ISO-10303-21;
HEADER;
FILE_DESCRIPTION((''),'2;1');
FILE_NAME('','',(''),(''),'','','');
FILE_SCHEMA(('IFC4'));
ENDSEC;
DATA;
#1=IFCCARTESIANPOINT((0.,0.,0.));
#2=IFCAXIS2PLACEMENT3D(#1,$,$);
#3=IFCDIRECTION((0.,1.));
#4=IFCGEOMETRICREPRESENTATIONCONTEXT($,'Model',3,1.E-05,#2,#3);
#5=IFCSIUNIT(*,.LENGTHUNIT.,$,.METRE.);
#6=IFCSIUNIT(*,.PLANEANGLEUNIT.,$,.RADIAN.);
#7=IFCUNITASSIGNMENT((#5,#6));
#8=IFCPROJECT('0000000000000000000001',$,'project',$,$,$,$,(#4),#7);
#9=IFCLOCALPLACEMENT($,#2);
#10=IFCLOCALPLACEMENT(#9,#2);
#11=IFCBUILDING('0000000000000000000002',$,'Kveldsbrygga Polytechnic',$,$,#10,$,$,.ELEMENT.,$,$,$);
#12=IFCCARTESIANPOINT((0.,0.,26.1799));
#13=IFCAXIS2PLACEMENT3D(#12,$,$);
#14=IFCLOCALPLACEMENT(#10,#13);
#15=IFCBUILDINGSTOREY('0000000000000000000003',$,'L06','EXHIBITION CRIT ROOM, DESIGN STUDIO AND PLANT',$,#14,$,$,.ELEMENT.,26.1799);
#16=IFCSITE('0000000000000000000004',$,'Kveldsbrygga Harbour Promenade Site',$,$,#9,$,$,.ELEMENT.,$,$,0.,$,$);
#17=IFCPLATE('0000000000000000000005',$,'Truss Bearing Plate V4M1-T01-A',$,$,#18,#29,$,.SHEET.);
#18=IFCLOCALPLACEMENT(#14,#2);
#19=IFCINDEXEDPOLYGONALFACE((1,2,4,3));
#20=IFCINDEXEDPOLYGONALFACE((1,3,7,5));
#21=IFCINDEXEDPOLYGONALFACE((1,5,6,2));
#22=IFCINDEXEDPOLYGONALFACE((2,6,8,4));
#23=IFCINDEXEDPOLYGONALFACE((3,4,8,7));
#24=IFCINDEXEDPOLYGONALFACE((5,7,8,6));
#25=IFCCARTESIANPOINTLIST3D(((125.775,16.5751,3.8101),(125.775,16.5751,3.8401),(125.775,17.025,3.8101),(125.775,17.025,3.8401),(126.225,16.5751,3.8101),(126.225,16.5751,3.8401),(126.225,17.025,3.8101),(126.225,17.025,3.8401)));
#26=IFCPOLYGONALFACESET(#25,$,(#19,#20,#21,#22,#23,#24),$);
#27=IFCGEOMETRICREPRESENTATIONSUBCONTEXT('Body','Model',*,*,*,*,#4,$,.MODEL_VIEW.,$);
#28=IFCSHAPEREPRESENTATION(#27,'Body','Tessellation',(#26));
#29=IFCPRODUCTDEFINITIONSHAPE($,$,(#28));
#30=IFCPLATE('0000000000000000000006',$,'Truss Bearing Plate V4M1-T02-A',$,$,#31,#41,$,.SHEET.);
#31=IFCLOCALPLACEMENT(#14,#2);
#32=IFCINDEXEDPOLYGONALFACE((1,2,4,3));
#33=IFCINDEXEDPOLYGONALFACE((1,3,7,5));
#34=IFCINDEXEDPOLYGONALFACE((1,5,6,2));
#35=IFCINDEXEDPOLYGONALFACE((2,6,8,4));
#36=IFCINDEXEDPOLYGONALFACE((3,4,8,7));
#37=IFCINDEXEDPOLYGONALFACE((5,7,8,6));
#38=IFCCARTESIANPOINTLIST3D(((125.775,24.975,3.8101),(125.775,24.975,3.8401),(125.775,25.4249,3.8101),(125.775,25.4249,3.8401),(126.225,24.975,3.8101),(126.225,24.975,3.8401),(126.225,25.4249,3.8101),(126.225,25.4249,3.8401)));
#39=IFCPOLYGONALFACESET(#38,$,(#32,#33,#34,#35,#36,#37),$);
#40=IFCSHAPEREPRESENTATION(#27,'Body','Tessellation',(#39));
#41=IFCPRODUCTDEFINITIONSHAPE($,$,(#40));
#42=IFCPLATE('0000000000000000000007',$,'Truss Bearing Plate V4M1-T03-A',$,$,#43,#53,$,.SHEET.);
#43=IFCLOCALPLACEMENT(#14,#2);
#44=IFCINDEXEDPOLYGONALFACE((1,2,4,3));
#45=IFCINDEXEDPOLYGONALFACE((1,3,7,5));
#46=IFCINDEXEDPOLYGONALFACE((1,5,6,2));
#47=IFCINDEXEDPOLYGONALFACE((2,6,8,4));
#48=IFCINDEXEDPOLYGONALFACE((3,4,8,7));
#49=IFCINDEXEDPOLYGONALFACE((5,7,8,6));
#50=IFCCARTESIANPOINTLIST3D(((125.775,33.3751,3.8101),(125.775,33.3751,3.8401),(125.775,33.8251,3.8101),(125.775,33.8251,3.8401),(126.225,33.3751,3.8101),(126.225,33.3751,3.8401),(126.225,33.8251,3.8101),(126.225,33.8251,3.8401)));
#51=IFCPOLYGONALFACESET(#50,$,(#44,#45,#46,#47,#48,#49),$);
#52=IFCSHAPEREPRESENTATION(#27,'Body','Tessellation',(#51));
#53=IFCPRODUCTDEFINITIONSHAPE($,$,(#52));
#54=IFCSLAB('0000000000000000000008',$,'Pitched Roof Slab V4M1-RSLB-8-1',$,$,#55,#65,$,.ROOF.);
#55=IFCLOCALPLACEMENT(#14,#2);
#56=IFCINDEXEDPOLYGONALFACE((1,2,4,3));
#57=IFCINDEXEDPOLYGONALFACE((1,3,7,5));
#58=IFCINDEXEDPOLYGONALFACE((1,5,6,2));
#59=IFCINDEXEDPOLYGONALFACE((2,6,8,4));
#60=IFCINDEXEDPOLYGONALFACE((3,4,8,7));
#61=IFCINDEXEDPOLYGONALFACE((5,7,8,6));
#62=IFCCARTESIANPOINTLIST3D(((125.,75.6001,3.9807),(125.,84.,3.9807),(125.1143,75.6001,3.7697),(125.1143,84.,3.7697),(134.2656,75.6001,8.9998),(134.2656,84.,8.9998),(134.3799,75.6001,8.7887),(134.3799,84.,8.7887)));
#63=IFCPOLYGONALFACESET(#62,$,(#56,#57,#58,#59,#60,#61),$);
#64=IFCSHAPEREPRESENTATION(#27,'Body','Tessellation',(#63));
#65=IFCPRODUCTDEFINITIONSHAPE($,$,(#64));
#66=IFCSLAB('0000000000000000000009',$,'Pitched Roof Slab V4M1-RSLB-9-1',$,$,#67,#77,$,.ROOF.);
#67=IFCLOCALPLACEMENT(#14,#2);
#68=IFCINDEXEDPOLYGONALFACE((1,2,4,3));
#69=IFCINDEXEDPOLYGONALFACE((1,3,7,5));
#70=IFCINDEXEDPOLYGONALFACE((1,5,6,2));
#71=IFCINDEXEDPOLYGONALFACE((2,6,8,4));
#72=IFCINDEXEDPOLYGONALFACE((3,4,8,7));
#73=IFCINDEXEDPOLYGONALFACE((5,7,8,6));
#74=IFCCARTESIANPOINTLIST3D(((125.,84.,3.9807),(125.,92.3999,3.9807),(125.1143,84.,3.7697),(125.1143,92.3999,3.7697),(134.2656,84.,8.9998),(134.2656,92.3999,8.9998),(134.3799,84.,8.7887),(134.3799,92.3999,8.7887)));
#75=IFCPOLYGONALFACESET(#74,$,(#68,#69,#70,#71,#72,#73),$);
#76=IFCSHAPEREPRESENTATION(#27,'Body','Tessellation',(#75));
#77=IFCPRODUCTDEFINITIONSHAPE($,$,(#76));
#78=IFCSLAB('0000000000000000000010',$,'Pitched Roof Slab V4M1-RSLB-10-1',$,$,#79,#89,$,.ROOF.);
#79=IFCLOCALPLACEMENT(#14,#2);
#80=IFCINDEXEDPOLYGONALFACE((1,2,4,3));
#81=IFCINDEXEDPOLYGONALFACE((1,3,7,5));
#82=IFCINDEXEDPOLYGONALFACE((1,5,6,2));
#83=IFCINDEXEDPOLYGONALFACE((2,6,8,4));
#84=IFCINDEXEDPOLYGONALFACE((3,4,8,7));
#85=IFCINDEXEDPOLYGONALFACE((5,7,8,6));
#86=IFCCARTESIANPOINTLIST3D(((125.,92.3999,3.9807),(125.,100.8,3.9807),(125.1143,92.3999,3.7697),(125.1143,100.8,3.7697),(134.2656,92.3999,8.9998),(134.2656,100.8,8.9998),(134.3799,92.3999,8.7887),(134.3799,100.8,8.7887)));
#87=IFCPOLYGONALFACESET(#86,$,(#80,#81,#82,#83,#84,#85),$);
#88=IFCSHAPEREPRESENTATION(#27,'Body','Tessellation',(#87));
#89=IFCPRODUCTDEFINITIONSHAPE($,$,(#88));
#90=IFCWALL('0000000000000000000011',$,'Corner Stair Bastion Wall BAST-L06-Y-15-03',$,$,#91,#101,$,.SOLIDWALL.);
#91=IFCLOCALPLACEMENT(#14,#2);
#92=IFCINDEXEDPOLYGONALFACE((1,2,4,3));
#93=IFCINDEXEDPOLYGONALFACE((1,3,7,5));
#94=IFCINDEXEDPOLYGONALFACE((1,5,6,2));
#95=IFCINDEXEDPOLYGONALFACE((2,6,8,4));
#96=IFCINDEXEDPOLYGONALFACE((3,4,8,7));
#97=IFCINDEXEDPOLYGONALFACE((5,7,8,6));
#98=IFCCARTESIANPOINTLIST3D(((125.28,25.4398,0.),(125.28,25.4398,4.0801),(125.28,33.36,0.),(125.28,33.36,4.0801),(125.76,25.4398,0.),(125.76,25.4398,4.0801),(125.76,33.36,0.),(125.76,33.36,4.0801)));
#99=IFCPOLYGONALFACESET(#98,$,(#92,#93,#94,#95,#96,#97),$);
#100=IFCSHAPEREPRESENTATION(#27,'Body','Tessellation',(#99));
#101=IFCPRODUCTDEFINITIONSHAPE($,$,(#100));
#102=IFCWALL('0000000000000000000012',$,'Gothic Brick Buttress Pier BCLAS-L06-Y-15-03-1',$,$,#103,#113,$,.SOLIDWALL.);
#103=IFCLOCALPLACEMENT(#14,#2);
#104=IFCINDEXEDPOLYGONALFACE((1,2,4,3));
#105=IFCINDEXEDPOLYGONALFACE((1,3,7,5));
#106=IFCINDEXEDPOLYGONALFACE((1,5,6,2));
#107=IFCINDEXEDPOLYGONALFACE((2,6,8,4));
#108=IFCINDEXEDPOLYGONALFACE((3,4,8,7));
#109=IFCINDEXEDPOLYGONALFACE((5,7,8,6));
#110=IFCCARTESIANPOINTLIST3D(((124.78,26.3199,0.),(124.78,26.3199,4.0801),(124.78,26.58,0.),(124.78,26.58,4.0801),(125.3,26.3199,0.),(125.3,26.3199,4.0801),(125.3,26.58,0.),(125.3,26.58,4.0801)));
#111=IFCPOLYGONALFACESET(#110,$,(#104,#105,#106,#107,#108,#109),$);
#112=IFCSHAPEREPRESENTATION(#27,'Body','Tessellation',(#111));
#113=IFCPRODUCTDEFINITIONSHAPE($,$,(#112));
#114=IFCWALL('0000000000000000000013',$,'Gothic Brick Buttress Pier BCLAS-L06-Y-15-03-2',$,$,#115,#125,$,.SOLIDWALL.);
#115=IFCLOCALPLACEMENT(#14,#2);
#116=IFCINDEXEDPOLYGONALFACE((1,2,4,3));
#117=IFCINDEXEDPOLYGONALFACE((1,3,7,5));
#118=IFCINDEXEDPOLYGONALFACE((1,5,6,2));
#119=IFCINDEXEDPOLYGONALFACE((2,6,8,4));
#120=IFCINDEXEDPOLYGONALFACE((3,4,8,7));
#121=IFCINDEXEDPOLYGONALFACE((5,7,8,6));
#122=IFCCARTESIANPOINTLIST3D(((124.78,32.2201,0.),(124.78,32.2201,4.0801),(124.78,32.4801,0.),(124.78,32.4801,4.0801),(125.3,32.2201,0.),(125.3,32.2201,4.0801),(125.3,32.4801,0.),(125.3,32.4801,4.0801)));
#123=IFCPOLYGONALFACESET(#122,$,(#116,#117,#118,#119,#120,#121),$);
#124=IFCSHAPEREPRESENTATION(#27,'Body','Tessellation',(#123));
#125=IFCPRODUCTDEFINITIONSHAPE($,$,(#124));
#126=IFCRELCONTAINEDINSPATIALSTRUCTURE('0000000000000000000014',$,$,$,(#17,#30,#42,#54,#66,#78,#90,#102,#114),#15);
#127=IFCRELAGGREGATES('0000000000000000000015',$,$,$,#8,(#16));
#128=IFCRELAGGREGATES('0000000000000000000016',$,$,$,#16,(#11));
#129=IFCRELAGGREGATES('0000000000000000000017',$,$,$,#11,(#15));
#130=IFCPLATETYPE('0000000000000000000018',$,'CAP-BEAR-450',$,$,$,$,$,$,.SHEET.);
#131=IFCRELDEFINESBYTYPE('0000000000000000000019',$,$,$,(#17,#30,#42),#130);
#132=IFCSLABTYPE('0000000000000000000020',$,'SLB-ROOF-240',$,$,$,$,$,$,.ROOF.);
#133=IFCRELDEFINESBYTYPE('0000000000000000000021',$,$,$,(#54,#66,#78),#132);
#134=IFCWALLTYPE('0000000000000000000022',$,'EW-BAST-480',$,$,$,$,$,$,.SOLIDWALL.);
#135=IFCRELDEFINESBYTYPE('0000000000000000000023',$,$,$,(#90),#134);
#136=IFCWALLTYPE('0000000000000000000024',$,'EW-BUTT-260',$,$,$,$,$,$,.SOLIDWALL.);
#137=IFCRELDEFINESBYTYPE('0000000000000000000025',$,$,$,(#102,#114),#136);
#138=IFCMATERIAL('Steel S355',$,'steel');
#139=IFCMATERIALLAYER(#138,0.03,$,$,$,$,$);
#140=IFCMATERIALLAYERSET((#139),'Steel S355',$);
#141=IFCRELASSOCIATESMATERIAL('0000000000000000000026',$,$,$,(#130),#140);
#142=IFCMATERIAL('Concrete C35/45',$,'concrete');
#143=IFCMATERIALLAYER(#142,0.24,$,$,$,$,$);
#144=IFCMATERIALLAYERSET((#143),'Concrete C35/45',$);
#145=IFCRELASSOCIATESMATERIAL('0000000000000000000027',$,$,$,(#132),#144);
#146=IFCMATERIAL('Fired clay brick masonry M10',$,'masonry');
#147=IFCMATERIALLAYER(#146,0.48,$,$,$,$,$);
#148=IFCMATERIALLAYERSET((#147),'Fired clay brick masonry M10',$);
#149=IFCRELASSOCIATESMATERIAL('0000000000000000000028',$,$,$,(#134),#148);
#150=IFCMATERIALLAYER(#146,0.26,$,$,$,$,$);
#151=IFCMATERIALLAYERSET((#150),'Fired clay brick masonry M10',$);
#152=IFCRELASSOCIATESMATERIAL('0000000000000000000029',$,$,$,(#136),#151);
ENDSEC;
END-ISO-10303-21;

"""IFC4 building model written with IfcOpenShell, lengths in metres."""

from ifc_helpers import new_model, si_unit, direction, frame, frame_2d, origin, origin_2d, place, context, subcontext, project, spatial, polyline, rectangle, outline, extrude, material, layer, layer_set, type_object, element, save


model = new_model("IFC4")

# Units and contexts
model_context = context("Model", 3, precision=1e-05, world=origin(), true_north=direction((0.0, 1.0)))
body_context = subcontext(model_context, "Body", "Model", "MODEL_VIEW")
ifc_project = project(units=[si_unit("LENGTHUNIT", "METRE"), si_unit("PLANEANGLEUNIT", "RADIAN")], contexts=[model_context])

# Site, building, storey
site_placement = place(None, origin())
site = spatial("IfcSite", under=ifc_project, at=site_placement, Name="Kveldsbrygga Harbour Promenade Site", CompositionType="ELEMENT", RefElevation=0.0)
building_placement = place(site_placement, origin())
building = spatial("IfcBuilding", under=site, at=building_placement, Name="Kveldsbrygga Polytechnic", CompositionType="ELEMENT")
storey_placement = place(building_placement, frame((0.0, 0.0, 26.1799)))
storey = spatial("IfcBuildingStorey", under=building, at=storey_placement, Name="L06", Description="EXHIBITION CRIT ROOM, DESIGN STUDIO AND PLANT", CompositionType="ELEMENT", Elevation=26.1799)

# Shared definitions
ifc_material_1 = material(Name="Steel S355", Category="steel")

# Plates
ifc_layer_1 = layer(ifc_material_1, 0.03)
ifc_layer_set_1 = layer_set([ifc_layer_1], Name="Steel S355")
plate_type = type_object("IfcPlateType", Name="CAP-BEAR-450", PredefinedType="SHEET", material=ifc_layer_set_1)
for number, where, z_axis, x_axis, name in (
    (1, (126.0, 16.8, 3.8101), (0.0, 0.0, 1.0), (1.0, 0.0, 0.0), "Truss Bearing Plate V4M1-T01-A"),
    (2, (126.0, 25.2, 3.8101), (0.0, 0.0, 1.0), (1.0, 0.0, 0.0), "Truss Bearing Plate V4M1-T02-A"),
    (3, (126.0, 33.6001, 3.8101), (0.0, 0.0, 1.0), (1.0, 0.0, 0.0), "Truss Bearing Plate V4M1-T03-A"),
):
    element("IfcPlate", number, at=place(storey_placement, frame(where, z_axis=z_axis, x_axis=x_axis)), inside=storey, type_object=plate_type, Name=name, PredefinedType="SHEET", context=body_context, shape_type="SweptSolid", body=[
        extrude(rectangle(XDim=0.45, YDim=0.45, at=origin_2d()), origin(), (0.0, 0.0, 1.0), 0.03),
    ])

# Slabs
ifc_material_2 = material(Name="Concrete C35/45", Category="concrete")
ifc_layer_2 = layer(ifc_material_2, 0.24)
ifc_layer_set_2 = layer_set([ifc_layer_2], Name="Concrete C35/45")
slab_type = type_object("IfcSlabType", Name="SLB-ROOF-240", PredefinedType="ROOF", material=ifc_layer_set_2)
for number, where, z_axis, x_axis, name in (
    (4, (125.0, 75.6001, 3.9807), (-0.476295, 0.0, 0.879285), (0.879285, 0.0, 0.476295), "Pitched Roof Slab V4M1-RSLB-8-1"),
    (5, (125.0, 84.0, 3.9807), (-0.476295, 0.0, 0.879285), (0.879285, 0.0, 0.476295), "Pitched Roof Slab V4M1-RSLB-9-1"),
):
    element("IfcSlab", number, at=place(storey_placement, frame(where, z_axis=z_axis, x_axis=x_axis)), inside=storey, type_object=slab_type, Name=name, PredefinedType="ROOF", context=body_context, shape_type="SweptSolid", body=[
        extrude(outline(polyline([(0.0, 0.0), (10.5377, 0.0), (10.5377, 8.3999), (0.0, 8.3999), (0.0, 0.0)])), origin(), (0.0, 0.0, -1.0), 0.24),
    ])
slab_placement = place(storey_placement, frame((125.0, 92.3999, 3.9807), z_axis=(-0.476295, 0.0, 0.879285), x_axis=(0.879285, 0.0, 0.476295)))
element("IfcSlab", 6, at=slab_placement, inside=storey, type_object=slab_type, Name="Pitched Roof Slab V4M1-RSLB-10-1", PredefinedType="ROOF", context=body_context, shape_type="SweptSolid", body=[
    extrude(outline(polyline([(0.0, 0.0), (10.5377, 0.0), (10.5377, 8.4001), (0.0, 8.4001), (0.0, 0.0)])), origin(), (0.0, 0.0, -1.0), 0.24),
])

# Walls
ifc_material_3 = material(Name="Fired clay brick masonry M10", Category="masonry")
ifc_layer_3 = layer(ifc_material_3, 0.48)
ifc_layer_set_3 = layer_set([ifc_layer_3], Name="Fired clay brick masonry M10")
wall_type_1 = type_object("IfcWallType", Name="EW-BAST-480", PredefinedType="SOLIDWALL", material=ifc_layer_set_3)
wall_placement = place(storey_placement, frame((125.52, 25.4399, 0.0), z_axis=(0.0, 0.0, 1.0), x_axis=(0.0, 1.0, 0.0)))
element("IfcWall", 7, at=wall_placement, inside=storey, type_object=wall_type_1, Name="Corner Stair Bastion Wall BAST-L06-Y-15-03", PredefinedType="SOLIDWALL", context=body_context, shape_type="SweptSolid", body=[
    extrude(rectangle(XDim=7.9202, YDim=0.48, at=frame_2d((3.96, 0.0))), origin(), (0.0, 0.0, 1.0), 4.0801),
])
ifc_layer_4 = layer(ifc_material_3, 0.26)
ifc_layer_set_4 = layer_set([ifc_layer_4], Name="Fired clay brick masonry M10")
wall_type_2 = type_object("IfcWallType", Name="EW-BUTT-260", PredefinedType="SOLIDWALL", material=ifc_layer_set_4)
for number, where, z_axis, x_axis, name in (
    (8, (125.3, 26.45, 0.0), (0.0, 0.0, 1.0), (-1.0, 0.0, 0.0), "Gothic Brick Buttress Pier BCLAS-L06-Y-15-03-1"),
    (9, (125.3, 32.3501, 0.0), (0.0, 0.0, 1.0), (-1.0, 0.0, 0.0), "Gothic Brick Buttress Pier BCLAS-L06-Y-15-03-2"),
):
    element("IfcWall", number, at=place(storey_placement, frame(where, z_axis=z_axis, x_axis=x_axis)), inside=storey, type_object=wall_type_2, Name=name, PredefinedType="SOLIDWALL", context=body_context, shape_type="SweptSolid", body=[
        extrude(rectangle(XDim=0.52, YDim=0.26, at=frame_2d((0.26, 0.0))), origin(), (0.0, 0.0, 1.0), 4.0801),
    ])

save(model, "model.ifc")
